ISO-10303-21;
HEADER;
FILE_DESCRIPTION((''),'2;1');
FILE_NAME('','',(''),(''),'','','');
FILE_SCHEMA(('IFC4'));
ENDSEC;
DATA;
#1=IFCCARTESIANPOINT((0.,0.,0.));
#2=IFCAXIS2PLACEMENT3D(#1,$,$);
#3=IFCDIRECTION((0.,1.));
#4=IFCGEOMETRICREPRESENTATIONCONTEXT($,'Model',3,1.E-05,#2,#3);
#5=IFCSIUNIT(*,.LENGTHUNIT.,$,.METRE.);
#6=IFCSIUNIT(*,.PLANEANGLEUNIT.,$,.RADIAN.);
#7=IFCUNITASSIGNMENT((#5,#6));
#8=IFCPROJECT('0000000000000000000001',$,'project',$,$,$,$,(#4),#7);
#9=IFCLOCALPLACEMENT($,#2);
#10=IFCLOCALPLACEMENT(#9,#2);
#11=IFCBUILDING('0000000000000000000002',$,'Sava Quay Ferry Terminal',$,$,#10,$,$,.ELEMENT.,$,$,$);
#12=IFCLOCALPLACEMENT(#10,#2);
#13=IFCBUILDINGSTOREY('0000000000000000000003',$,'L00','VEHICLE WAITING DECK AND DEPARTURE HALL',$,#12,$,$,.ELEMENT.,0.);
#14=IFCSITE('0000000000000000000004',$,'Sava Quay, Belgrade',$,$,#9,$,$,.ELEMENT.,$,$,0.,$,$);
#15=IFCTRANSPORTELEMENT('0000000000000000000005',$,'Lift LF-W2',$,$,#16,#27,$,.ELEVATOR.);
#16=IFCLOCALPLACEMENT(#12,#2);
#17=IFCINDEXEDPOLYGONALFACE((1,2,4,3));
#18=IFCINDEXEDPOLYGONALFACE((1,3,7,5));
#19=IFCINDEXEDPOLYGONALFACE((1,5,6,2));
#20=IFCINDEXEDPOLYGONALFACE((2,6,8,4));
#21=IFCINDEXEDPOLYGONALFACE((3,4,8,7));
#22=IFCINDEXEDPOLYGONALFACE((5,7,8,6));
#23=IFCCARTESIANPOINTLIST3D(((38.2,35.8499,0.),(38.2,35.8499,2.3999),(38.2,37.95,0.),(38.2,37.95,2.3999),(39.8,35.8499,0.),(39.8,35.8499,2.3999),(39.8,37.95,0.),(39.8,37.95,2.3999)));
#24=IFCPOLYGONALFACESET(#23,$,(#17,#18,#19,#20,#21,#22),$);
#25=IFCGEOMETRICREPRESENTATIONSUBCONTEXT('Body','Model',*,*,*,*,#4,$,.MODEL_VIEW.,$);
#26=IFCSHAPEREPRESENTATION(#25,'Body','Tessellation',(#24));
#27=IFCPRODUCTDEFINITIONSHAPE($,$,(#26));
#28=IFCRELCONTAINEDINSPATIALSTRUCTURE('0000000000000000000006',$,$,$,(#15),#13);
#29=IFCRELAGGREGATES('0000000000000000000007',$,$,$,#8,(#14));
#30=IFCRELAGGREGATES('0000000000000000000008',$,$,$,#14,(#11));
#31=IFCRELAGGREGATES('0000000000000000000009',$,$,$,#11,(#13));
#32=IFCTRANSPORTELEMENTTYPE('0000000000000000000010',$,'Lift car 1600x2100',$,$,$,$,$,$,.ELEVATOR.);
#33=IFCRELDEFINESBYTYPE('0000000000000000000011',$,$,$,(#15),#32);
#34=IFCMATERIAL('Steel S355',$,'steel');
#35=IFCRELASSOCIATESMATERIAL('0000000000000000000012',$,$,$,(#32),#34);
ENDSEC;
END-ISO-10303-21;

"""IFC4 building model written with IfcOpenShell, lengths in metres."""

from ifc_helpers import new_model, si_unit, direction, frame, origin, origin_2d, place, context, subcontext, project, spatial, rectangle, extrude, material, type_object, element, save


model = new_model("IFC4")

# Units and contexts
model_context = context("Model", 3, precision=1e-05, world=origin(), true_north=direction((0.0, 1.0)))
body_context = subcontext(model_context, "Body", "Model", "MODEL_VIEW")
ifc_project = project(units=[si_unit("LENGTHUNIT", "METRE"), si_unit("PLANEANGLEUNIT", "RADIAN")], contexts=[model_context])

# Site, building, storey
site_placement = place(None, origin())
site = spatial("IfcSite", under=ifc_project, at=site_placement, Name="Sava Quay, Belgrade", CompositionType="ELEMENT", RefElevation=0.0)
building_placement = place(site_placement, origin())
building = spatial("IfcBuilding", under=site, at=building_placement, Name="Sava Quay Ferry Terminal", CompositionType="ELEMENT")
storey_placement = place(building_placement, origin())
storey = spatial("IfcBuildingStorey", under=building, at=storey_placement, Name="L00", Description="VEHICLE WAITING DECK AND DEPARTURE HALL", CompositionType="ELEMENT", Elevation=0.0)

# Transport element
ifc_material_1 = material(Name="Steel S355", Category="steel")
transport_element_type = type_object("IfcTransportElementType", Name="Lift car 1600x2100", PredefinedType="ELEVATOR", material=ifc_material_1)
transport_element_placement = place(storey_placement, frame((39.0, 36.8999, 0.0), z_axis=(0.0, 0.0, 1.0), x_axis=(1.0, 0.0, 0.0)))
element("IfcTransportElement", 1, at=transport_element_placement, inside=storey, type_object=transport_element_type, Name="Lift LF-W2", PredefinedType="ELEVATOR", context=body_context, shape_type="SweptSolid", body=[
    extrude(rectangle(XDim=1.6001, YDim=2.1001, at=origin_2d()), origin(), (0.0, 0.0, 1.0), 2.3999),
])

save(model, "model.ifc")
